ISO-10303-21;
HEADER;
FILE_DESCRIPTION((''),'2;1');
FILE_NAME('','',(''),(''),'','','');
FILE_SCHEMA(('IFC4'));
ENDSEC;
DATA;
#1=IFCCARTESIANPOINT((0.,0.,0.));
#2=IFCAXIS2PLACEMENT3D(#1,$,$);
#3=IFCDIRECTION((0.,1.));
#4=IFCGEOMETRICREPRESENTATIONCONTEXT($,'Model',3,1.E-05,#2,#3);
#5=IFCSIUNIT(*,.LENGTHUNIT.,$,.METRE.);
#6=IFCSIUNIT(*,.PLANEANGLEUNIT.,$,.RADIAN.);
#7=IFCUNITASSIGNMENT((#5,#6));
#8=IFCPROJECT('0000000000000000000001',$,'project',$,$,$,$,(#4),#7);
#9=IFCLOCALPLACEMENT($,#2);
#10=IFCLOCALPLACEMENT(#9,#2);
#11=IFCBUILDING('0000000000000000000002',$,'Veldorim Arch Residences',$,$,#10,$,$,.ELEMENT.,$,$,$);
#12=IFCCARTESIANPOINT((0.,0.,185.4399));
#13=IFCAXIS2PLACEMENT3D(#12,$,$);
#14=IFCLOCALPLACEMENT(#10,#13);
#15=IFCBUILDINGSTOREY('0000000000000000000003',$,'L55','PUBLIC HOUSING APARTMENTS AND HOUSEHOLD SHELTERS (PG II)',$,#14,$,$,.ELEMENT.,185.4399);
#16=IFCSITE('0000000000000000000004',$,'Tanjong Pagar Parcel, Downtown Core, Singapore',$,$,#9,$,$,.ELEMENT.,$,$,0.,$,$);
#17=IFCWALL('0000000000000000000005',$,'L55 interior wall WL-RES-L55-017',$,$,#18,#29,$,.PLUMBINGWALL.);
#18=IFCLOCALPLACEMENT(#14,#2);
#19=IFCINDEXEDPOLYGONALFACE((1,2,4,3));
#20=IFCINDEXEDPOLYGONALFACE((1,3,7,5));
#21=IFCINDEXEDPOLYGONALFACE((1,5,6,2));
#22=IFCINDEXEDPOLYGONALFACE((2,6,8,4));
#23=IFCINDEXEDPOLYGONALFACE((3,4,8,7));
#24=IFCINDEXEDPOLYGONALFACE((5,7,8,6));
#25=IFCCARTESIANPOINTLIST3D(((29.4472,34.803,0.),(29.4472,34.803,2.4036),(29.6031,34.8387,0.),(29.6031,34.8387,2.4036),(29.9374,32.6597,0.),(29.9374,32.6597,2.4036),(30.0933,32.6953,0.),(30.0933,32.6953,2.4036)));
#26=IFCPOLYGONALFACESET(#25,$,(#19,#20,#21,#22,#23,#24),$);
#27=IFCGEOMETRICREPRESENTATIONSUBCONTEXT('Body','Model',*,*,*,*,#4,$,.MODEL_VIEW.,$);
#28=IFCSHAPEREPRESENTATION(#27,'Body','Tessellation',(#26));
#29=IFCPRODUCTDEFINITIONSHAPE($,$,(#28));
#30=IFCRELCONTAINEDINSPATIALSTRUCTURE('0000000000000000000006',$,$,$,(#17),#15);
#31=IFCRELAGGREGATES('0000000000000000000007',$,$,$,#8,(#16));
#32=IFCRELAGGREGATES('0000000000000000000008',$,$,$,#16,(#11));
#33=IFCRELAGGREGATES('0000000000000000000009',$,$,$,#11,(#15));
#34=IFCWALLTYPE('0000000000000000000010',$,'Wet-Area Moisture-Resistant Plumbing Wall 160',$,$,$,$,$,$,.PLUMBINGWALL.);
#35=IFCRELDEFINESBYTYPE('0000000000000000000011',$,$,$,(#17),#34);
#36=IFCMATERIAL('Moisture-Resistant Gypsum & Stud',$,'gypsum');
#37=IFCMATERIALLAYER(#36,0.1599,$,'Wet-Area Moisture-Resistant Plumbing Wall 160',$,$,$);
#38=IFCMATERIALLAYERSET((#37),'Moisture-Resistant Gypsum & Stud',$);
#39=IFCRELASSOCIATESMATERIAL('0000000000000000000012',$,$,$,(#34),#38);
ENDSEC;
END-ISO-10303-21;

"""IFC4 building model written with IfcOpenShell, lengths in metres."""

from ifc_helpers import new_model, si_unit, direction, frame, frame_2d, origin, place, context, subcontext, project, spatial, rectangle, extrude, material, layer, layer_set, type_object, element, save


model = new_model("IFC4")

# Units and contexts
model_context = context("Model", 3, precision=1e-05, world=origin(), true_north=direction((0.0, 1.0)))
body_context = subcontext(model_context, "Body", "Model", "MODEL_VIEW")
ifc_project = project(units=[si_unit("LENGTHUNIT", "METRE"), si_unit("PLANEANGLEUNIT", "RADIAN")], contexts=[model_context])

# Site, building, storey
site_placement = place(None, origin())
site = spatial("IfcSite", under=ifc_project, at=site_placement, Name="Tanjong Pagar Parcel, Downtown Core, Singapore", CompositionType="ELEMENT", RefElevation=0.0)
building_placement = place(site_placement, origin())
building = spatial("IfcBuilding", under=site, at=building_placement, Name="Veldorim Arch Residences", CompositionType="ELEMENT")
storey_placement = place(building_placement, frame((0.0, 0.0, 185.4399)))
storey = spatial("IfcBuildingStorey", under=building, at=storey_placement, Name="L55", Description="PUBLIC HOUSING APARTMENTS AND HOUSEHOLD SHELTERS (PG II)", CompositionType="ELEMENT", Elevation=185.4399)

# Shared definitions
ifc_material_1 = material(Name="Moisture-Resistant Gypsum & Stud", Category="gypsum")
ifc_layer_1 = layer(ifc_material_1, 0.1599, Name="Wet-Area Moisture-Resistant Plumbing Wall 160")
ifc_layer_set_1 = layer_set([ifc_layer_1], Name="Moisture-Resistant Gypsum & Stud")
wall_type_1 = type_object("IfcWallType", Name="Wet-Area Moisture-Resistant Plumbing Wall 160", PredefinedType="PLUMBINGWALL", material=ifc_layer_set_1)

# Wall
wall_1_placement = place(storey_placement, frame((30.0154, 32.6775, 0.0), z_axis=(0.0, 0.0, 1.0), x_axis=(-0.22297, 0.974825, 0.0)))
element("IfcWall", 1, at=wall_1_placement, inside=storey, type_object=wall_type_1, Name="L55 interior wall WL-RES-L55-017", PredefinedType="PLUMBINGWALL", context=body_context, shape_type="SweptSolid", body=[
    extrude(rectangle(XDim=2.1987, YDim=0.1599, at=frame_2d((1.0994, 0.0))), origin(), (0.0, 0.0, 1.0), 2.4036),
])

save(model, "model.ifc")
